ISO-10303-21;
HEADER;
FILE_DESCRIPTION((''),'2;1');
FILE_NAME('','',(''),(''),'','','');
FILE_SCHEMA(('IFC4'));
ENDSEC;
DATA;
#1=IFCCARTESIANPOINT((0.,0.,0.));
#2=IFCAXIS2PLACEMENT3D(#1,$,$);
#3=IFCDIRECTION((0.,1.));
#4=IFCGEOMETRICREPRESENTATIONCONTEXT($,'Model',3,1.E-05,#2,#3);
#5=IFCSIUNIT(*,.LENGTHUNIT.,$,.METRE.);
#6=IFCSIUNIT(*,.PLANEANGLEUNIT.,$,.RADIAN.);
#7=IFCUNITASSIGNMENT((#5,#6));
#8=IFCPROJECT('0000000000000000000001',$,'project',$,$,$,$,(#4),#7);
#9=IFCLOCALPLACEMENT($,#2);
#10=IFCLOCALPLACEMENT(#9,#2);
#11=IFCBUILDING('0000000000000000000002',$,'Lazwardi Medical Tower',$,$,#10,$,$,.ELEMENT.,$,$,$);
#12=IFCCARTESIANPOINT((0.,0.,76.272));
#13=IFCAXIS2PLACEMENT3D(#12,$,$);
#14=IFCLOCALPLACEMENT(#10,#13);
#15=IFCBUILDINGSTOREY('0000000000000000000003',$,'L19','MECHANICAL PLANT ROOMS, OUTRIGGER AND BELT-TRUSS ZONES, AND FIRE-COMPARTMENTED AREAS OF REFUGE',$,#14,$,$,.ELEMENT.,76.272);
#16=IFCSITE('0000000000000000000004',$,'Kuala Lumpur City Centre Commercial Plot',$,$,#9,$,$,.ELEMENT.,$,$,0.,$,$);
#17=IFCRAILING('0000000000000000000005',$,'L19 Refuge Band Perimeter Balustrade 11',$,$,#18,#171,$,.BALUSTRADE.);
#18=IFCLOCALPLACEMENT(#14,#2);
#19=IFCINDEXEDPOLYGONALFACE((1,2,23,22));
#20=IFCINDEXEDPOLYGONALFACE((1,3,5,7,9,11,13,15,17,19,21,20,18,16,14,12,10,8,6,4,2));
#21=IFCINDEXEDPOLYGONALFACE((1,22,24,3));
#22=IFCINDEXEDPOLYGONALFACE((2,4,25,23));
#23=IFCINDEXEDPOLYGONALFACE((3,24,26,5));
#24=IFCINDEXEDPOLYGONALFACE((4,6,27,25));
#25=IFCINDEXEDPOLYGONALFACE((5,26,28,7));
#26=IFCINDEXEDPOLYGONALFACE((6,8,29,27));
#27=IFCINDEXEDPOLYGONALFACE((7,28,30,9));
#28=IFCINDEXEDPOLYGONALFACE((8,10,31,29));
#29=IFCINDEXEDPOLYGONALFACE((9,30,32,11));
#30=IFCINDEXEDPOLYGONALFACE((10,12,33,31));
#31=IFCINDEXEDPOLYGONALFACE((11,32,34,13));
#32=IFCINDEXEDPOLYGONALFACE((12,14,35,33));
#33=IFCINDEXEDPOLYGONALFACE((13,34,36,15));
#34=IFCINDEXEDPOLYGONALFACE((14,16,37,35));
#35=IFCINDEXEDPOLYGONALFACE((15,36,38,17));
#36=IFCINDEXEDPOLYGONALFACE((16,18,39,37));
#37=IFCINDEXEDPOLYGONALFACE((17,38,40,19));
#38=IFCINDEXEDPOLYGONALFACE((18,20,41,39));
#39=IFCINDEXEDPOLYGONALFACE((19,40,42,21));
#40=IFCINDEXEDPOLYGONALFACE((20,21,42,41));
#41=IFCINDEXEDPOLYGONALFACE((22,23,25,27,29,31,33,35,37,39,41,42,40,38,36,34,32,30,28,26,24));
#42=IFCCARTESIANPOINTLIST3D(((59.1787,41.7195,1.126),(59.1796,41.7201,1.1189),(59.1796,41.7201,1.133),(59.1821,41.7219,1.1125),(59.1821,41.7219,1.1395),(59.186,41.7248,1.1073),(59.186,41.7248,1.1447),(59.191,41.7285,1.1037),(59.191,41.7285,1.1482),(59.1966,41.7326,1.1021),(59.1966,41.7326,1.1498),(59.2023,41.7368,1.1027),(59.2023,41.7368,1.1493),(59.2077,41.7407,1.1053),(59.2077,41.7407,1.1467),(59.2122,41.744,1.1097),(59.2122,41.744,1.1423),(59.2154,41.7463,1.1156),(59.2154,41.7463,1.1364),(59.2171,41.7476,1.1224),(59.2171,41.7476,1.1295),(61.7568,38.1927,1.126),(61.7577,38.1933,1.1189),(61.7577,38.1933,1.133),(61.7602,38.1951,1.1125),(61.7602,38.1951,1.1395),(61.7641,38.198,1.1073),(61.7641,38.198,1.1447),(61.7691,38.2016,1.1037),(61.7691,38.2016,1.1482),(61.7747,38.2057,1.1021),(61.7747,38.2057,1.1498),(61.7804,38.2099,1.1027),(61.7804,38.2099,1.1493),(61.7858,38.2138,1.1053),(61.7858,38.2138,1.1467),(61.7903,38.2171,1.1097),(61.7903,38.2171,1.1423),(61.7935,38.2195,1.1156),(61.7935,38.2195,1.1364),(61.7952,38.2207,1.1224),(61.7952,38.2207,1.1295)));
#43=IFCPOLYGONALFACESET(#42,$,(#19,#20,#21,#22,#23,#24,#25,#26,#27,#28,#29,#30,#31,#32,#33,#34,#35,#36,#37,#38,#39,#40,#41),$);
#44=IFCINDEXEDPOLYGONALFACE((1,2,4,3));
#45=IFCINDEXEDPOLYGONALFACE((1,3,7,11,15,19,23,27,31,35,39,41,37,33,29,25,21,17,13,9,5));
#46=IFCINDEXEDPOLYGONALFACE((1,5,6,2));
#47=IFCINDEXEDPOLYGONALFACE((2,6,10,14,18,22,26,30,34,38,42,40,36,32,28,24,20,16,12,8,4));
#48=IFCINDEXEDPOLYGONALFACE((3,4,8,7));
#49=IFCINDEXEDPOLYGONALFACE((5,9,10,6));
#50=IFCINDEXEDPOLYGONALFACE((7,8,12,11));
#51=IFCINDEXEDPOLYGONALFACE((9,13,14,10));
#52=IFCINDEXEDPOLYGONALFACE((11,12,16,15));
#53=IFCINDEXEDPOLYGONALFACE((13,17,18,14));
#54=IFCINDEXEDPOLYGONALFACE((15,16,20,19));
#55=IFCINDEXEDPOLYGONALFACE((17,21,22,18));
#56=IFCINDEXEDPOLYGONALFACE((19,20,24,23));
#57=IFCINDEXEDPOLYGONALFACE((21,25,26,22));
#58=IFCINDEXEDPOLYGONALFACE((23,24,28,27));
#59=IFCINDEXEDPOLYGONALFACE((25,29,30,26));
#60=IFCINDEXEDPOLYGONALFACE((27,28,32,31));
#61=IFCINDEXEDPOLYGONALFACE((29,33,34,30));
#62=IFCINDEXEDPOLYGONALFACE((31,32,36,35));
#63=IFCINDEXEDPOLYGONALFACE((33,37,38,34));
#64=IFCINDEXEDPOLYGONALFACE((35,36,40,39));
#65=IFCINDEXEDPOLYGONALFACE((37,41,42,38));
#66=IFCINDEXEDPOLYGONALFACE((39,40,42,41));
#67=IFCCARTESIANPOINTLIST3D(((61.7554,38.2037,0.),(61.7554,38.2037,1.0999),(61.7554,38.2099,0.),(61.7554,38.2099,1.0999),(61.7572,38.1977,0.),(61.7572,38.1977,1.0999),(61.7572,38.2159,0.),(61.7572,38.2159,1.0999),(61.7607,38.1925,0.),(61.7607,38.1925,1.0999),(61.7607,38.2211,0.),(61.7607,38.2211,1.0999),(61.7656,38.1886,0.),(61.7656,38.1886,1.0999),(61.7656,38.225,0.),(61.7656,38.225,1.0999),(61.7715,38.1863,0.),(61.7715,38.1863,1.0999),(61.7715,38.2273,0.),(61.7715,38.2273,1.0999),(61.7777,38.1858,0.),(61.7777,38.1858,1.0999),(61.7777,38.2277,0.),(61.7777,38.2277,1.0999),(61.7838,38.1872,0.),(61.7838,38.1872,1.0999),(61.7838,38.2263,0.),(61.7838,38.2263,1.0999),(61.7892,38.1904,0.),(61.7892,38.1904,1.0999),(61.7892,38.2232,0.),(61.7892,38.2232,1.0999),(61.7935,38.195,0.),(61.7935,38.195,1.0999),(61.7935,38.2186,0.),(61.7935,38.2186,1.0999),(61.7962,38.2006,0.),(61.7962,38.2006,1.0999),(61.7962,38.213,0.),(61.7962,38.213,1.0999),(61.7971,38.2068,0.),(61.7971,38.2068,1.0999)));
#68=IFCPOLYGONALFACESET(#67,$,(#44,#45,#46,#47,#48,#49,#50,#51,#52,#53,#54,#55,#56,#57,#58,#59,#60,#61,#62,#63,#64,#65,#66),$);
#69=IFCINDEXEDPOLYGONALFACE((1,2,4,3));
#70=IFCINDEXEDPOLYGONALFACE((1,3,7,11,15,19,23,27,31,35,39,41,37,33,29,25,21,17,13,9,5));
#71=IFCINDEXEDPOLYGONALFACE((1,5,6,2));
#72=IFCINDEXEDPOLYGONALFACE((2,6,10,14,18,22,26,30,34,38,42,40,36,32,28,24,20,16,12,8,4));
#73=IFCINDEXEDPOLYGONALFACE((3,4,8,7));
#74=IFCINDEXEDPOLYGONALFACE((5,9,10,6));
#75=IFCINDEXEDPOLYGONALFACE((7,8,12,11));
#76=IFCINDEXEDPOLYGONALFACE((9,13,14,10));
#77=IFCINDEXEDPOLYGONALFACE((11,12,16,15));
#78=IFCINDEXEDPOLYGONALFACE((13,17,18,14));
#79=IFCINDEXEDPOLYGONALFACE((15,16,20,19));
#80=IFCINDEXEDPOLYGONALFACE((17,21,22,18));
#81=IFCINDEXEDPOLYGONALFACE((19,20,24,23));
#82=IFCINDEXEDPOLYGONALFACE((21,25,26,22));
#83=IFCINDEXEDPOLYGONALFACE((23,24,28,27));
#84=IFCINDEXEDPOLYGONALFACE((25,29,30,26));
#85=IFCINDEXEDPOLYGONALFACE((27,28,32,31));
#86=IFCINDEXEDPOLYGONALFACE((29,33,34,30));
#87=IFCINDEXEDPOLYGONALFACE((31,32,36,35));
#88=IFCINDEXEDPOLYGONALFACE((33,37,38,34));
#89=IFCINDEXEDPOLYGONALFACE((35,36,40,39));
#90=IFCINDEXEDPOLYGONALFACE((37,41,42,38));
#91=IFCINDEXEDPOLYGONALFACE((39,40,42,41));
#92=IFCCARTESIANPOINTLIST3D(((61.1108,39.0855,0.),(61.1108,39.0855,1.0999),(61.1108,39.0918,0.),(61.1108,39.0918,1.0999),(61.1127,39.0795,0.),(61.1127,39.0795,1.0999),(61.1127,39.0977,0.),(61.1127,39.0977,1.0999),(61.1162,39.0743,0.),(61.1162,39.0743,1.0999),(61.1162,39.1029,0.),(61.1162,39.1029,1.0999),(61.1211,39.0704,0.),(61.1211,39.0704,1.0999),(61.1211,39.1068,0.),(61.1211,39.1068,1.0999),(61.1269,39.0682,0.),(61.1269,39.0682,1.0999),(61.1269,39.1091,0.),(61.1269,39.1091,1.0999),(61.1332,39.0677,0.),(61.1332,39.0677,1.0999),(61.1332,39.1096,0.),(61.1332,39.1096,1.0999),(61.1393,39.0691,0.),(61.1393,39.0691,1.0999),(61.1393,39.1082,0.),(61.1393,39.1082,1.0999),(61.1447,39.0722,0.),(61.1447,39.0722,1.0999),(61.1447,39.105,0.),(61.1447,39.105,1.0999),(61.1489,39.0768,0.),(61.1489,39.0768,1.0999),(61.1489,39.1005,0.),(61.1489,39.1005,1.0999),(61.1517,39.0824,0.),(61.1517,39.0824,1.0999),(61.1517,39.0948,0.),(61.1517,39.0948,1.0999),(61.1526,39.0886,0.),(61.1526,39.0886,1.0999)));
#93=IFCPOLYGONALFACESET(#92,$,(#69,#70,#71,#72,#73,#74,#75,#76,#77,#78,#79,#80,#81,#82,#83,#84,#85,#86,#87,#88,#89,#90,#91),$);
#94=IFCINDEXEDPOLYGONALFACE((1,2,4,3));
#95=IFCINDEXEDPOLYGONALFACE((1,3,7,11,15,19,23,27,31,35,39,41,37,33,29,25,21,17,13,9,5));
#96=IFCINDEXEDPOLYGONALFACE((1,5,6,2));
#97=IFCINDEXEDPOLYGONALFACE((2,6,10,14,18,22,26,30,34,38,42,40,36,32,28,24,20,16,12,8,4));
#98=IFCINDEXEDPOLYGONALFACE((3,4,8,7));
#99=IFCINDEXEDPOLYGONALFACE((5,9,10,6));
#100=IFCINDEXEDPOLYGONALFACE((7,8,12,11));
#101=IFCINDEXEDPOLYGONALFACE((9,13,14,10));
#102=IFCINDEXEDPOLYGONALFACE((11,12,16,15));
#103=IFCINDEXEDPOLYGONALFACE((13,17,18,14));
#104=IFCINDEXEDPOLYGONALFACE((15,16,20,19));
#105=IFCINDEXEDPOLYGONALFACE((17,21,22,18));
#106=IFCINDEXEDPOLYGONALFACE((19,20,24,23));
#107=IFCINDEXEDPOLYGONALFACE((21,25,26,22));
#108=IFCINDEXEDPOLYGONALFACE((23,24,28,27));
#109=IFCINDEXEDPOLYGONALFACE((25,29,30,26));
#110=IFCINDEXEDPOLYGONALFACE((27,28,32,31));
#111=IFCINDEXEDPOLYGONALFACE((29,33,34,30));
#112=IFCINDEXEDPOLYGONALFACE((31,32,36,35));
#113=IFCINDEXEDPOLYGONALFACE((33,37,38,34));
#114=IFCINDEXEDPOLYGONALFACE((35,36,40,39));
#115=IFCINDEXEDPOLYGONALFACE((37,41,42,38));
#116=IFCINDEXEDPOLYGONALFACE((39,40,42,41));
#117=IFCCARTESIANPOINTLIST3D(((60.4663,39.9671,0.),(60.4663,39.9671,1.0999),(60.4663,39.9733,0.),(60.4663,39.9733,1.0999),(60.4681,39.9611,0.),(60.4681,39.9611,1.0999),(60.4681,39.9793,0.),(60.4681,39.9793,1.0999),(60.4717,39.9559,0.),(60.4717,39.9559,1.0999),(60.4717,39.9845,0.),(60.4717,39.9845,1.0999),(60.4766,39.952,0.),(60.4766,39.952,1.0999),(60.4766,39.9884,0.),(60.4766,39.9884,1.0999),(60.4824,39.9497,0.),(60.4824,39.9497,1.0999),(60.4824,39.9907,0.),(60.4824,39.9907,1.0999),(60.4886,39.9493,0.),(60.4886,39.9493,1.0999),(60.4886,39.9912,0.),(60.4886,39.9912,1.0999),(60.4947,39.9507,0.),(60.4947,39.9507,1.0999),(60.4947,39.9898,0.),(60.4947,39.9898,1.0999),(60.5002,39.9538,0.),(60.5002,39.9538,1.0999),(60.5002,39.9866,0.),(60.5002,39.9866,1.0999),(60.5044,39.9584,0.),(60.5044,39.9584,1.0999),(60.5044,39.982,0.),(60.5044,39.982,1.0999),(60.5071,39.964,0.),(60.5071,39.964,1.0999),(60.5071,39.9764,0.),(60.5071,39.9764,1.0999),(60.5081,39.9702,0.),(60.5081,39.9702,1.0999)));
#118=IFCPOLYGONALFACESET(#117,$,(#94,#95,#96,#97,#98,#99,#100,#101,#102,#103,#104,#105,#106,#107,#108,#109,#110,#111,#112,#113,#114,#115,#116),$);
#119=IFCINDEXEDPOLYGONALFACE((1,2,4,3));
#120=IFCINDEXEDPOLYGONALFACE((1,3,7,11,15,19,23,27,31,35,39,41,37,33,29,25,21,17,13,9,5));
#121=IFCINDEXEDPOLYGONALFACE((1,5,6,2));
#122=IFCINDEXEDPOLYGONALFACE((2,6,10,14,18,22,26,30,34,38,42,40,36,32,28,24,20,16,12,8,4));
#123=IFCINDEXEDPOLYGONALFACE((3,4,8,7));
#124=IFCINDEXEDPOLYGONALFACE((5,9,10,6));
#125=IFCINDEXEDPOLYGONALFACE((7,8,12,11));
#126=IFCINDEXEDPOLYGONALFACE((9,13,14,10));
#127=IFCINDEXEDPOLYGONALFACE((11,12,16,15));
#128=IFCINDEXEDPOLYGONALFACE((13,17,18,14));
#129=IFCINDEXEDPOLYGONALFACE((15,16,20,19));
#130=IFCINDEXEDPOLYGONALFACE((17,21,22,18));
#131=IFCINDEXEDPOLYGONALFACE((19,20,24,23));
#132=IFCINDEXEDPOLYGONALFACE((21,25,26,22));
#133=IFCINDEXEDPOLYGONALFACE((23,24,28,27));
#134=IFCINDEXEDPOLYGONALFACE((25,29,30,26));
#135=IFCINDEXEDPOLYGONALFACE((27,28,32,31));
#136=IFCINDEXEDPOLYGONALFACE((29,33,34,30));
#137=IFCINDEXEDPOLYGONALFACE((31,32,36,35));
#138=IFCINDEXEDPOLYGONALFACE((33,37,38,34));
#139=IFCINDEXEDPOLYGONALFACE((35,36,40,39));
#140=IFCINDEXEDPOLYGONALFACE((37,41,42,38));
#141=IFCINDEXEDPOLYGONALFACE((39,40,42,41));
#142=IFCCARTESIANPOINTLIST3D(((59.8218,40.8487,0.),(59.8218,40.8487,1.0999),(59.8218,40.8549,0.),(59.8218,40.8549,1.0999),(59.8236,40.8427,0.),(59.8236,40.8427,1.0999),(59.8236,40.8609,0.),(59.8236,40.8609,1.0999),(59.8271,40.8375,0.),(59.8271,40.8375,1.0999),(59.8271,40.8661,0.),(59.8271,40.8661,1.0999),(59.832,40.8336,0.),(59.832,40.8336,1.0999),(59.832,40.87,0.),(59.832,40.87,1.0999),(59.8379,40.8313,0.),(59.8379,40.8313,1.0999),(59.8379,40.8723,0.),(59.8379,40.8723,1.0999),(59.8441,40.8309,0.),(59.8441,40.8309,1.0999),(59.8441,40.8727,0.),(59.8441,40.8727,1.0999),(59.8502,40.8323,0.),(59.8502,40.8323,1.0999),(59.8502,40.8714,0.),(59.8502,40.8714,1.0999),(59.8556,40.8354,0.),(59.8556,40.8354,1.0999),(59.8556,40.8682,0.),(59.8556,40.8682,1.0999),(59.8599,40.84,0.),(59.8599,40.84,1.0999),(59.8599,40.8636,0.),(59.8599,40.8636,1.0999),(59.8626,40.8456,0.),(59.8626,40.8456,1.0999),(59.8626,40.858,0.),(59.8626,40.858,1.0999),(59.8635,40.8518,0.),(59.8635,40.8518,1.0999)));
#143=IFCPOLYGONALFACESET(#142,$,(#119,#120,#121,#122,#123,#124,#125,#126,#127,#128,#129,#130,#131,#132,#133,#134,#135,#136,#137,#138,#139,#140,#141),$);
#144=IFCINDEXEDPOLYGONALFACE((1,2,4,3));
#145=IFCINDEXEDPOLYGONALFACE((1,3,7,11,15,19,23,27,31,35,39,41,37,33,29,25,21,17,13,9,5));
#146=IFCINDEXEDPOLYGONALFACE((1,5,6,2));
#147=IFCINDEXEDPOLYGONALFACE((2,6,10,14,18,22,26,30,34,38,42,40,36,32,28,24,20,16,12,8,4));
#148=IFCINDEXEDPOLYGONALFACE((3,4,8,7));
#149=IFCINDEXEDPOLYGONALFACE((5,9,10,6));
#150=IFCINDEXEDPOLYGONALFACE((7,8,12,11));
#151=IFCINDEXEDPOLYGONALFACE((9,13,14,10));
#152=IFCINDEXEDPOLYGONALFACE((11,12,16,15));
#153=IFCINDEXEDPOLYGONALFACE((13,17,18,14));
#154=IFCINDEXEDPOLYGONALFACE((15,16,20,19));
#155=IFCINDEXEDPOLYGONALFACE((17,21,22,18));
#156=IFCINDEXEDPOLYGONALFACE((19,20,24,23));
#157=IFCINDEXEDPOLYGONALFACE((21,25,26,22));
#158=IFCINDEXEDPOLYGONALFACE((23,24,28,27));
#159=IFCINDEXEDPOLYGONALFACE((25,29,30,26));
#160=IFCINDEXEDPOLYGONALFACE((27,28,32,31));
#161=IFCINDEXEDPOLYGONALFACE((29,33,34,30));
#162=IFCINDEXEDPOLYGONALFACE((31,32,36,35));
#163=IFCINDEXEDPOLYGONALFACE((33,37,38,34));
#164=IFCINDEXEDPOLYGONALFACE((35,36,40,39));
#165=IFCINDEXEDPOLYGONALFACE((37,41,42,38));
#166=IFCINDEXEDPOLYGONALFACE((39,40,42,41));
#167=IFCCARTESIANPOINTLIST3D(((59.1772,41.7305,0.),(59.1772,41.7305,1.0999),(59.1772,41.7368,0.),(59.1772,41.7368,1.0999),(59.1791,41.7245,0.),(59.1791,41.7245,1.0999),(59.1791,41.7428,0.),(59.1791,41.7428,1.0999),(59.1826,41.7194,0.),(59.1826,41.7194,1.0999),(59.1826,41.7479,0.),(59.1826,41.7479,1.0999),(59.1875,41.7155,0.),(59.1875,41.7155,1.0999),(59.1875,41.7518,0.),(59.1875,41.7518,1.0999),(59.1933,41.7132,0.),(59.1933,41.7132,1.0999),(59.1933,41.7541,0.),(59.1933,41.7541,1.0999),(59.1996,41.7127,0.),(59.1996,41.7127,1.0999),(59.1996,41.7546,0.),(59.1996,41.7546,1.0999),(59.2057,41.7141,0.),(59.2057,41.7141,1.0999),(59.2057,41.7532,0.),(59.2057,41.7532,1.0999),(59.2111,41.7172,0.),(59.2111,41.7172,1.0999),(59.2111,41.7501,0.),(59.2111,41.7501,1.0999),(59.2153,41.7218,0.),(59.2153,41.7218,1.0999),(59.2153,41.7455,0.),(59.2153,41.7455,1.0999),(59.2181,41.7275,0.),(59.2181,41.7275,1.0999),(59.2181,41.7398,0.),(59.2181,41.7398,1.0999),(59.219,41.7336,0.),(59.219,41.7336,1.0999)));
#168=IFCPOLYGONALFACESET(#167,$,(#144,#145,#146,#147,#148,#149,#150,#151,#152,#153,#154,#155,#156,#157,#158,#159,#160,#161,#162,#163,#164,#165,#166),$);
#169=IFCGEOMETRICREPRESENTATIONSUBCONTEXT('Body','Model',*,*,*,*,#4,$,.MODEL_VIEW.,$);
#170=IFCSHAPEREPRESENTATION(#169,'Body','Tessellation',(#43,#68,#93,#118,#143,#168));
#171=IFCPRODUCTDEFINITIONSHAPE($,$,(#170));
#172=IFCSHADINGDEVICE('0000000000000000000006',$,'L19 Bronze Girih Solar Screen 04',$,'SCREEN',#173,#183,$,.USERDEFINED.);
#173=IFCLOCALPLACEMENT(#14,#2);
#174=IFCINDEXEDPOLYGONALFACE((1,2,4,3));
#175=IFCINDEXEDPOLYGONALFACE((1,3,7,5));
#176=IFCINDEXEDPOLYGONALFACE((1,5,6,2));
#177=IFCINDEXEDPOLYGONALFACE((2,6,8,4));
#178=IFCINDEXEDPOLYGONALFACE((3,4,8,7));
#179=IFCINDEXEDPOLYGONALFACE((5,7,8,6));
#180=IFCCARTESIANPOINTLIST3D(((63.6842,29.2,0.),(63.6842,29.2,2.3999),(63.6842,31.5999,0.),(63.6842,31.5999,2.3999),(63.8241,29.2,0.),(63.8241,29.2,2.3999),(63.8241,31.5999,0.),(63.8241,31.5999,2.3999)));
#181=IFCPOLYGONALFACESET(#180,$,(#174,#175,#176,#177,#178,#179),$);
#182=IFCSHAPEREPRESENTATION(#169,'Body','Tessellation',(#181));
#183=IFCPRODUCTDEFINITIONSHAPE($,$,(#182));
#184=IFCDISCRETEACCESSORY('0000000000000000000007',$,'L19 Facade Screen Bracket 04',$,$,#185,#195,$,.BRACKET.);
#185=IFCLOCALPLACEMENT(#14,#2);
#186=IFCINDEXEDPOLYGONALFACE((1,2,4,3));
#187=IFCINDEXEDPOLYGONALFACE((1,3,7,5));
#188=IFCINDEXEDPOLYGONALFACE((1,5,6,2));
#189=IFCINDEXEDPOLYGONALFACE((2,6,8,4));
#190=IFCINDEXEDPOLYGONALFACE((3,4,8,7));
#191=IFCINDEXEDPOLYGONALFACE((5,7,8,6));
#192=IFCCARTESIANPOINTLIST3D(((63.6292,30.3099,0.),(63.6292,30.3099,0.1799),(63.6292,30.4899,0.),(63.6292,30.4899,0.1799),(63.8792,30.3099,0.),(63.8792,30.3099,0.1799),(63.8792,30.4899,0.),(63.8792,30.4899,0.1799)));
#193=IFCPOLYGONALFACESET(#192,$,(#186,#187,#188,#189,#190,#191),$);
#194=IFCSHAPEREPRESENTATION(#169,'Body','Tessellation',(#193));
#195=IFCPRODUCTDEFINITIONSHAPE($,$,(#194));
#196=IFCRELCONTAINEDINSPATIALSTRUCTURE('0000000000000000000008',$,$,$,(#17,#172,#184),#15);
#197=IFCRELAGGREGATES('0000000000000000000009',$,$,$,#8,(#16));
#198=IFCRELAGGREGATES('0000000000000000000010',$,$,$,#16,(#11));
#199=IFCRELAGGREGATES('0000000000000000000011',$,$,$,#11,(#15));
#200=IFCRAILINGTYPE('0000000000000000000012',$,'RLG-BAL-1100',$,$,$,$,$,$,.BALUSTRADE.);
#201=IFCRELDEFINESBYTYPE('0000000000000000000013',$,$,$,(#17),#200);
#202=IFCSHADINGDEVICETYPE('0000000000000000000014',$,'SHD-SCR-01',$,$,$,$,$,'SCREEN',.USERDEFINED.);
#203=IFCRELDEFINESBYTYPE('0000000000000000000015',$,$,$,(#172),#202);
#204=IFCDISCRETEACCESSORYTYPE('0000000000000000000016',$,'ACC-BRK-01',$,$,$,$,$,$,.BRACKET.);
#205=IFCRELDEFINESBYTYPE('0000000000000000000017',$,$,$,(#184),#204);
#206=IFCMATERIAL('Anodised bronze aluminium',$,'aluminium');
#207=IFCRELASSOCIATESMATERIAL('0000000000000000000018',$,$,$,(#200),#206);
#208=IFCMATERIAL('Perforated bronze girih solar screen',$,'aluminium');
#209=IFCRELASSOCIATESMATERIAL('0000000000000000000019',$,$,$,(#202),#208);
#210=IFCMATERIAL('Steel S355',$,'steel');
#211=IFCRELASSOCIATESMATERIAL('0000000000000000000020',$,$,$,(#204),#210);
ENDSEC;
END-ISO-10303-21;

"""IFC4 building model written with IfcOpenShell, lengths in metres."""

from ifc_helpers import new_model, si_unit, direction, frame, origin, origin_2d, place, context, subcontext, project, spatial, rectangle, circle, extrude, material, type_object, element, save


model = new_model("IFC4")

# Units and contexts
model_context = context("Model", 3, precision=1e-05, world=origin(), true_north=direction((0.0, 1.0)))
body_context = subcontext(model_context, "Body", "Model", "MODEL_VIEW")
ifc_project = project(units=[si_unit("LENGTHUNIT", "METRE"), si_unit("PLANEANGLEUNIT", "RADIAN")], contexts=[model_context])

# Site, building, storey
site_placement = place(None, origin())
site = spatial("IfcSite", under=ifc_project, at=site_placement, Name="Kuala Lumpur City Centre Commercial Plot", CompositionType="ELEMENT", RefElevation=0.0)
building_placement = place(site_placement, origin())
building = spatial("IfcBuilding", under=site, at=building_placement, Name="Lazwardi Medical Tower", CompositionType="ELEMENT")
storey_placement = place(building_placement, frame((0.0, 0.0, 76.272)))
storey = spatial("IfcBuildingStorey", under=building, at=storey_placement, Name="L19", Description="MECHANICAL PLANT ROOMS, OUTRIGGER AND BELT-TRUSS ZONES, AND FIRE-COMPARTMENTED AREAS OF REFUGE", CompositionType="ELEMENT", Elevation=76.272)

# Shared definitions
ifc_material_1 = material(Name="Steel S355", Category="steel")

# Railing
ifc_material_2 = material(Name="Anodised bronze aluminium", Category="aluminium")
railing_type = type_object("IfcRailingType", Name="RLG-BAL-1100", PredefinedType="BALUSTRADE", material=ifc_material_2)
railing_1_placement = place(storey_placement, frame((61.7761, 38.2068, 0.0)))
element("IfcRailing", 1, at=railing_1_placement, inside=storey, type_object=railing_type, Name="L19 Refuge Band Perimeter Balustrade 11", PredefinedType="BALUSTRADE", context=body_context, shape_type="SweptSolid", body=[
    extrude(circle(Radius=0.0239, at=origin_2d()), frame((0.0, 0.0, 1.126), z_axis=(-0.590137, 0.807303, 0.0), x_axis=(-0.807303, -0.590137, 0.0)), (0.0, 0.0, 1.0), 4.3687),
    extrude(circle(Radius=0.021, at=origin_2d()), origin(), (0.0, 0.0, 1.0), 1.0999),
    extrude(circle(Radius=0.021, at=origin_2d()), frame((-0.6445, 0.8818, 0.0)), (0.0, 0.0, 1.0), 1.0999),
    extrude(circle(Radius=0.021, at=origin_2d()), frame((-1.2891, 1.7634, 0.0)), (0.0, 0.0, 1.0), 1.0999),
    extrude(circle(Radius=0.021, at=origin_2d()), frame((-1.9336, 2.645, 0.0)), (0.0, 0.0, 1.0), 1.0999),
    extrude(circle(Radius=0.021, at=origin_2d()), frame((-2.5781, 3.5269, 0.0)), (0.0, 0.0, 1.0), 1.0999),
])

# Shading device
ifc_material_3 = material(Name="Perforated bronze girih solar screen", Category="aluminium")
shading_device_type = type_object("IfcShadingDeviceType", Name="SHD-SCR-01", ElementType="SCREEN", PredefinedType="USERDEFINED", material=ifc_material_3)
shading_device_placement = place(storey_placement, frame((63.7542, 30.3999, 0.0), z_axis=(0.0, 0.0, 1.0), x_axis=(0.0, 1.0, 0.0)))
element("IfcShadingDevice", 2, at=shading_device_placement, inside=storey, type_object=shading_device_type, Name="L19 Bronze Girih Solar Screen 04", ObjectType="SCREEN", PredefinedType="USERDEFINED", context=body_context, shape_type="SweptSolid", body=[
    extrude(rectangle(XDim=2.3999, YDim=0.1399, at=origin_2d()), origin(), (0.0, 0.0, 1.0), 2.3999),
])

# Discrete accessory
discrete_accessory_type = type_object("IfcDiscreteAccessoryType", Name="ACC-BRK-01", PredefinedType="BRACKET", material=ifc_material_1)
discrete_accessory_placement = place(storey_placement, frame((63.7542, 30.3999, 0.0), z_axis=(0.0, 0.0, 1.0), x_axis=(0.0, 1.0, 0.0)))
element("IfcDiscreteAccessory", 3, at=discrete_accessory_placement, inside=storey, type_object=discrete_accessory_type, Name="L19 Facade Screen Bracket 04", PredefinedType="BRACKET", context=body_context, shape_type="SweptSolid", body=[
    extrude(rectangle(XDim=0.1799, YDim=0.25, at=origin_2d()), origin(), (0.0, 0.0, 1.0), 0.1799),
])

save(model, "model.ifc")
